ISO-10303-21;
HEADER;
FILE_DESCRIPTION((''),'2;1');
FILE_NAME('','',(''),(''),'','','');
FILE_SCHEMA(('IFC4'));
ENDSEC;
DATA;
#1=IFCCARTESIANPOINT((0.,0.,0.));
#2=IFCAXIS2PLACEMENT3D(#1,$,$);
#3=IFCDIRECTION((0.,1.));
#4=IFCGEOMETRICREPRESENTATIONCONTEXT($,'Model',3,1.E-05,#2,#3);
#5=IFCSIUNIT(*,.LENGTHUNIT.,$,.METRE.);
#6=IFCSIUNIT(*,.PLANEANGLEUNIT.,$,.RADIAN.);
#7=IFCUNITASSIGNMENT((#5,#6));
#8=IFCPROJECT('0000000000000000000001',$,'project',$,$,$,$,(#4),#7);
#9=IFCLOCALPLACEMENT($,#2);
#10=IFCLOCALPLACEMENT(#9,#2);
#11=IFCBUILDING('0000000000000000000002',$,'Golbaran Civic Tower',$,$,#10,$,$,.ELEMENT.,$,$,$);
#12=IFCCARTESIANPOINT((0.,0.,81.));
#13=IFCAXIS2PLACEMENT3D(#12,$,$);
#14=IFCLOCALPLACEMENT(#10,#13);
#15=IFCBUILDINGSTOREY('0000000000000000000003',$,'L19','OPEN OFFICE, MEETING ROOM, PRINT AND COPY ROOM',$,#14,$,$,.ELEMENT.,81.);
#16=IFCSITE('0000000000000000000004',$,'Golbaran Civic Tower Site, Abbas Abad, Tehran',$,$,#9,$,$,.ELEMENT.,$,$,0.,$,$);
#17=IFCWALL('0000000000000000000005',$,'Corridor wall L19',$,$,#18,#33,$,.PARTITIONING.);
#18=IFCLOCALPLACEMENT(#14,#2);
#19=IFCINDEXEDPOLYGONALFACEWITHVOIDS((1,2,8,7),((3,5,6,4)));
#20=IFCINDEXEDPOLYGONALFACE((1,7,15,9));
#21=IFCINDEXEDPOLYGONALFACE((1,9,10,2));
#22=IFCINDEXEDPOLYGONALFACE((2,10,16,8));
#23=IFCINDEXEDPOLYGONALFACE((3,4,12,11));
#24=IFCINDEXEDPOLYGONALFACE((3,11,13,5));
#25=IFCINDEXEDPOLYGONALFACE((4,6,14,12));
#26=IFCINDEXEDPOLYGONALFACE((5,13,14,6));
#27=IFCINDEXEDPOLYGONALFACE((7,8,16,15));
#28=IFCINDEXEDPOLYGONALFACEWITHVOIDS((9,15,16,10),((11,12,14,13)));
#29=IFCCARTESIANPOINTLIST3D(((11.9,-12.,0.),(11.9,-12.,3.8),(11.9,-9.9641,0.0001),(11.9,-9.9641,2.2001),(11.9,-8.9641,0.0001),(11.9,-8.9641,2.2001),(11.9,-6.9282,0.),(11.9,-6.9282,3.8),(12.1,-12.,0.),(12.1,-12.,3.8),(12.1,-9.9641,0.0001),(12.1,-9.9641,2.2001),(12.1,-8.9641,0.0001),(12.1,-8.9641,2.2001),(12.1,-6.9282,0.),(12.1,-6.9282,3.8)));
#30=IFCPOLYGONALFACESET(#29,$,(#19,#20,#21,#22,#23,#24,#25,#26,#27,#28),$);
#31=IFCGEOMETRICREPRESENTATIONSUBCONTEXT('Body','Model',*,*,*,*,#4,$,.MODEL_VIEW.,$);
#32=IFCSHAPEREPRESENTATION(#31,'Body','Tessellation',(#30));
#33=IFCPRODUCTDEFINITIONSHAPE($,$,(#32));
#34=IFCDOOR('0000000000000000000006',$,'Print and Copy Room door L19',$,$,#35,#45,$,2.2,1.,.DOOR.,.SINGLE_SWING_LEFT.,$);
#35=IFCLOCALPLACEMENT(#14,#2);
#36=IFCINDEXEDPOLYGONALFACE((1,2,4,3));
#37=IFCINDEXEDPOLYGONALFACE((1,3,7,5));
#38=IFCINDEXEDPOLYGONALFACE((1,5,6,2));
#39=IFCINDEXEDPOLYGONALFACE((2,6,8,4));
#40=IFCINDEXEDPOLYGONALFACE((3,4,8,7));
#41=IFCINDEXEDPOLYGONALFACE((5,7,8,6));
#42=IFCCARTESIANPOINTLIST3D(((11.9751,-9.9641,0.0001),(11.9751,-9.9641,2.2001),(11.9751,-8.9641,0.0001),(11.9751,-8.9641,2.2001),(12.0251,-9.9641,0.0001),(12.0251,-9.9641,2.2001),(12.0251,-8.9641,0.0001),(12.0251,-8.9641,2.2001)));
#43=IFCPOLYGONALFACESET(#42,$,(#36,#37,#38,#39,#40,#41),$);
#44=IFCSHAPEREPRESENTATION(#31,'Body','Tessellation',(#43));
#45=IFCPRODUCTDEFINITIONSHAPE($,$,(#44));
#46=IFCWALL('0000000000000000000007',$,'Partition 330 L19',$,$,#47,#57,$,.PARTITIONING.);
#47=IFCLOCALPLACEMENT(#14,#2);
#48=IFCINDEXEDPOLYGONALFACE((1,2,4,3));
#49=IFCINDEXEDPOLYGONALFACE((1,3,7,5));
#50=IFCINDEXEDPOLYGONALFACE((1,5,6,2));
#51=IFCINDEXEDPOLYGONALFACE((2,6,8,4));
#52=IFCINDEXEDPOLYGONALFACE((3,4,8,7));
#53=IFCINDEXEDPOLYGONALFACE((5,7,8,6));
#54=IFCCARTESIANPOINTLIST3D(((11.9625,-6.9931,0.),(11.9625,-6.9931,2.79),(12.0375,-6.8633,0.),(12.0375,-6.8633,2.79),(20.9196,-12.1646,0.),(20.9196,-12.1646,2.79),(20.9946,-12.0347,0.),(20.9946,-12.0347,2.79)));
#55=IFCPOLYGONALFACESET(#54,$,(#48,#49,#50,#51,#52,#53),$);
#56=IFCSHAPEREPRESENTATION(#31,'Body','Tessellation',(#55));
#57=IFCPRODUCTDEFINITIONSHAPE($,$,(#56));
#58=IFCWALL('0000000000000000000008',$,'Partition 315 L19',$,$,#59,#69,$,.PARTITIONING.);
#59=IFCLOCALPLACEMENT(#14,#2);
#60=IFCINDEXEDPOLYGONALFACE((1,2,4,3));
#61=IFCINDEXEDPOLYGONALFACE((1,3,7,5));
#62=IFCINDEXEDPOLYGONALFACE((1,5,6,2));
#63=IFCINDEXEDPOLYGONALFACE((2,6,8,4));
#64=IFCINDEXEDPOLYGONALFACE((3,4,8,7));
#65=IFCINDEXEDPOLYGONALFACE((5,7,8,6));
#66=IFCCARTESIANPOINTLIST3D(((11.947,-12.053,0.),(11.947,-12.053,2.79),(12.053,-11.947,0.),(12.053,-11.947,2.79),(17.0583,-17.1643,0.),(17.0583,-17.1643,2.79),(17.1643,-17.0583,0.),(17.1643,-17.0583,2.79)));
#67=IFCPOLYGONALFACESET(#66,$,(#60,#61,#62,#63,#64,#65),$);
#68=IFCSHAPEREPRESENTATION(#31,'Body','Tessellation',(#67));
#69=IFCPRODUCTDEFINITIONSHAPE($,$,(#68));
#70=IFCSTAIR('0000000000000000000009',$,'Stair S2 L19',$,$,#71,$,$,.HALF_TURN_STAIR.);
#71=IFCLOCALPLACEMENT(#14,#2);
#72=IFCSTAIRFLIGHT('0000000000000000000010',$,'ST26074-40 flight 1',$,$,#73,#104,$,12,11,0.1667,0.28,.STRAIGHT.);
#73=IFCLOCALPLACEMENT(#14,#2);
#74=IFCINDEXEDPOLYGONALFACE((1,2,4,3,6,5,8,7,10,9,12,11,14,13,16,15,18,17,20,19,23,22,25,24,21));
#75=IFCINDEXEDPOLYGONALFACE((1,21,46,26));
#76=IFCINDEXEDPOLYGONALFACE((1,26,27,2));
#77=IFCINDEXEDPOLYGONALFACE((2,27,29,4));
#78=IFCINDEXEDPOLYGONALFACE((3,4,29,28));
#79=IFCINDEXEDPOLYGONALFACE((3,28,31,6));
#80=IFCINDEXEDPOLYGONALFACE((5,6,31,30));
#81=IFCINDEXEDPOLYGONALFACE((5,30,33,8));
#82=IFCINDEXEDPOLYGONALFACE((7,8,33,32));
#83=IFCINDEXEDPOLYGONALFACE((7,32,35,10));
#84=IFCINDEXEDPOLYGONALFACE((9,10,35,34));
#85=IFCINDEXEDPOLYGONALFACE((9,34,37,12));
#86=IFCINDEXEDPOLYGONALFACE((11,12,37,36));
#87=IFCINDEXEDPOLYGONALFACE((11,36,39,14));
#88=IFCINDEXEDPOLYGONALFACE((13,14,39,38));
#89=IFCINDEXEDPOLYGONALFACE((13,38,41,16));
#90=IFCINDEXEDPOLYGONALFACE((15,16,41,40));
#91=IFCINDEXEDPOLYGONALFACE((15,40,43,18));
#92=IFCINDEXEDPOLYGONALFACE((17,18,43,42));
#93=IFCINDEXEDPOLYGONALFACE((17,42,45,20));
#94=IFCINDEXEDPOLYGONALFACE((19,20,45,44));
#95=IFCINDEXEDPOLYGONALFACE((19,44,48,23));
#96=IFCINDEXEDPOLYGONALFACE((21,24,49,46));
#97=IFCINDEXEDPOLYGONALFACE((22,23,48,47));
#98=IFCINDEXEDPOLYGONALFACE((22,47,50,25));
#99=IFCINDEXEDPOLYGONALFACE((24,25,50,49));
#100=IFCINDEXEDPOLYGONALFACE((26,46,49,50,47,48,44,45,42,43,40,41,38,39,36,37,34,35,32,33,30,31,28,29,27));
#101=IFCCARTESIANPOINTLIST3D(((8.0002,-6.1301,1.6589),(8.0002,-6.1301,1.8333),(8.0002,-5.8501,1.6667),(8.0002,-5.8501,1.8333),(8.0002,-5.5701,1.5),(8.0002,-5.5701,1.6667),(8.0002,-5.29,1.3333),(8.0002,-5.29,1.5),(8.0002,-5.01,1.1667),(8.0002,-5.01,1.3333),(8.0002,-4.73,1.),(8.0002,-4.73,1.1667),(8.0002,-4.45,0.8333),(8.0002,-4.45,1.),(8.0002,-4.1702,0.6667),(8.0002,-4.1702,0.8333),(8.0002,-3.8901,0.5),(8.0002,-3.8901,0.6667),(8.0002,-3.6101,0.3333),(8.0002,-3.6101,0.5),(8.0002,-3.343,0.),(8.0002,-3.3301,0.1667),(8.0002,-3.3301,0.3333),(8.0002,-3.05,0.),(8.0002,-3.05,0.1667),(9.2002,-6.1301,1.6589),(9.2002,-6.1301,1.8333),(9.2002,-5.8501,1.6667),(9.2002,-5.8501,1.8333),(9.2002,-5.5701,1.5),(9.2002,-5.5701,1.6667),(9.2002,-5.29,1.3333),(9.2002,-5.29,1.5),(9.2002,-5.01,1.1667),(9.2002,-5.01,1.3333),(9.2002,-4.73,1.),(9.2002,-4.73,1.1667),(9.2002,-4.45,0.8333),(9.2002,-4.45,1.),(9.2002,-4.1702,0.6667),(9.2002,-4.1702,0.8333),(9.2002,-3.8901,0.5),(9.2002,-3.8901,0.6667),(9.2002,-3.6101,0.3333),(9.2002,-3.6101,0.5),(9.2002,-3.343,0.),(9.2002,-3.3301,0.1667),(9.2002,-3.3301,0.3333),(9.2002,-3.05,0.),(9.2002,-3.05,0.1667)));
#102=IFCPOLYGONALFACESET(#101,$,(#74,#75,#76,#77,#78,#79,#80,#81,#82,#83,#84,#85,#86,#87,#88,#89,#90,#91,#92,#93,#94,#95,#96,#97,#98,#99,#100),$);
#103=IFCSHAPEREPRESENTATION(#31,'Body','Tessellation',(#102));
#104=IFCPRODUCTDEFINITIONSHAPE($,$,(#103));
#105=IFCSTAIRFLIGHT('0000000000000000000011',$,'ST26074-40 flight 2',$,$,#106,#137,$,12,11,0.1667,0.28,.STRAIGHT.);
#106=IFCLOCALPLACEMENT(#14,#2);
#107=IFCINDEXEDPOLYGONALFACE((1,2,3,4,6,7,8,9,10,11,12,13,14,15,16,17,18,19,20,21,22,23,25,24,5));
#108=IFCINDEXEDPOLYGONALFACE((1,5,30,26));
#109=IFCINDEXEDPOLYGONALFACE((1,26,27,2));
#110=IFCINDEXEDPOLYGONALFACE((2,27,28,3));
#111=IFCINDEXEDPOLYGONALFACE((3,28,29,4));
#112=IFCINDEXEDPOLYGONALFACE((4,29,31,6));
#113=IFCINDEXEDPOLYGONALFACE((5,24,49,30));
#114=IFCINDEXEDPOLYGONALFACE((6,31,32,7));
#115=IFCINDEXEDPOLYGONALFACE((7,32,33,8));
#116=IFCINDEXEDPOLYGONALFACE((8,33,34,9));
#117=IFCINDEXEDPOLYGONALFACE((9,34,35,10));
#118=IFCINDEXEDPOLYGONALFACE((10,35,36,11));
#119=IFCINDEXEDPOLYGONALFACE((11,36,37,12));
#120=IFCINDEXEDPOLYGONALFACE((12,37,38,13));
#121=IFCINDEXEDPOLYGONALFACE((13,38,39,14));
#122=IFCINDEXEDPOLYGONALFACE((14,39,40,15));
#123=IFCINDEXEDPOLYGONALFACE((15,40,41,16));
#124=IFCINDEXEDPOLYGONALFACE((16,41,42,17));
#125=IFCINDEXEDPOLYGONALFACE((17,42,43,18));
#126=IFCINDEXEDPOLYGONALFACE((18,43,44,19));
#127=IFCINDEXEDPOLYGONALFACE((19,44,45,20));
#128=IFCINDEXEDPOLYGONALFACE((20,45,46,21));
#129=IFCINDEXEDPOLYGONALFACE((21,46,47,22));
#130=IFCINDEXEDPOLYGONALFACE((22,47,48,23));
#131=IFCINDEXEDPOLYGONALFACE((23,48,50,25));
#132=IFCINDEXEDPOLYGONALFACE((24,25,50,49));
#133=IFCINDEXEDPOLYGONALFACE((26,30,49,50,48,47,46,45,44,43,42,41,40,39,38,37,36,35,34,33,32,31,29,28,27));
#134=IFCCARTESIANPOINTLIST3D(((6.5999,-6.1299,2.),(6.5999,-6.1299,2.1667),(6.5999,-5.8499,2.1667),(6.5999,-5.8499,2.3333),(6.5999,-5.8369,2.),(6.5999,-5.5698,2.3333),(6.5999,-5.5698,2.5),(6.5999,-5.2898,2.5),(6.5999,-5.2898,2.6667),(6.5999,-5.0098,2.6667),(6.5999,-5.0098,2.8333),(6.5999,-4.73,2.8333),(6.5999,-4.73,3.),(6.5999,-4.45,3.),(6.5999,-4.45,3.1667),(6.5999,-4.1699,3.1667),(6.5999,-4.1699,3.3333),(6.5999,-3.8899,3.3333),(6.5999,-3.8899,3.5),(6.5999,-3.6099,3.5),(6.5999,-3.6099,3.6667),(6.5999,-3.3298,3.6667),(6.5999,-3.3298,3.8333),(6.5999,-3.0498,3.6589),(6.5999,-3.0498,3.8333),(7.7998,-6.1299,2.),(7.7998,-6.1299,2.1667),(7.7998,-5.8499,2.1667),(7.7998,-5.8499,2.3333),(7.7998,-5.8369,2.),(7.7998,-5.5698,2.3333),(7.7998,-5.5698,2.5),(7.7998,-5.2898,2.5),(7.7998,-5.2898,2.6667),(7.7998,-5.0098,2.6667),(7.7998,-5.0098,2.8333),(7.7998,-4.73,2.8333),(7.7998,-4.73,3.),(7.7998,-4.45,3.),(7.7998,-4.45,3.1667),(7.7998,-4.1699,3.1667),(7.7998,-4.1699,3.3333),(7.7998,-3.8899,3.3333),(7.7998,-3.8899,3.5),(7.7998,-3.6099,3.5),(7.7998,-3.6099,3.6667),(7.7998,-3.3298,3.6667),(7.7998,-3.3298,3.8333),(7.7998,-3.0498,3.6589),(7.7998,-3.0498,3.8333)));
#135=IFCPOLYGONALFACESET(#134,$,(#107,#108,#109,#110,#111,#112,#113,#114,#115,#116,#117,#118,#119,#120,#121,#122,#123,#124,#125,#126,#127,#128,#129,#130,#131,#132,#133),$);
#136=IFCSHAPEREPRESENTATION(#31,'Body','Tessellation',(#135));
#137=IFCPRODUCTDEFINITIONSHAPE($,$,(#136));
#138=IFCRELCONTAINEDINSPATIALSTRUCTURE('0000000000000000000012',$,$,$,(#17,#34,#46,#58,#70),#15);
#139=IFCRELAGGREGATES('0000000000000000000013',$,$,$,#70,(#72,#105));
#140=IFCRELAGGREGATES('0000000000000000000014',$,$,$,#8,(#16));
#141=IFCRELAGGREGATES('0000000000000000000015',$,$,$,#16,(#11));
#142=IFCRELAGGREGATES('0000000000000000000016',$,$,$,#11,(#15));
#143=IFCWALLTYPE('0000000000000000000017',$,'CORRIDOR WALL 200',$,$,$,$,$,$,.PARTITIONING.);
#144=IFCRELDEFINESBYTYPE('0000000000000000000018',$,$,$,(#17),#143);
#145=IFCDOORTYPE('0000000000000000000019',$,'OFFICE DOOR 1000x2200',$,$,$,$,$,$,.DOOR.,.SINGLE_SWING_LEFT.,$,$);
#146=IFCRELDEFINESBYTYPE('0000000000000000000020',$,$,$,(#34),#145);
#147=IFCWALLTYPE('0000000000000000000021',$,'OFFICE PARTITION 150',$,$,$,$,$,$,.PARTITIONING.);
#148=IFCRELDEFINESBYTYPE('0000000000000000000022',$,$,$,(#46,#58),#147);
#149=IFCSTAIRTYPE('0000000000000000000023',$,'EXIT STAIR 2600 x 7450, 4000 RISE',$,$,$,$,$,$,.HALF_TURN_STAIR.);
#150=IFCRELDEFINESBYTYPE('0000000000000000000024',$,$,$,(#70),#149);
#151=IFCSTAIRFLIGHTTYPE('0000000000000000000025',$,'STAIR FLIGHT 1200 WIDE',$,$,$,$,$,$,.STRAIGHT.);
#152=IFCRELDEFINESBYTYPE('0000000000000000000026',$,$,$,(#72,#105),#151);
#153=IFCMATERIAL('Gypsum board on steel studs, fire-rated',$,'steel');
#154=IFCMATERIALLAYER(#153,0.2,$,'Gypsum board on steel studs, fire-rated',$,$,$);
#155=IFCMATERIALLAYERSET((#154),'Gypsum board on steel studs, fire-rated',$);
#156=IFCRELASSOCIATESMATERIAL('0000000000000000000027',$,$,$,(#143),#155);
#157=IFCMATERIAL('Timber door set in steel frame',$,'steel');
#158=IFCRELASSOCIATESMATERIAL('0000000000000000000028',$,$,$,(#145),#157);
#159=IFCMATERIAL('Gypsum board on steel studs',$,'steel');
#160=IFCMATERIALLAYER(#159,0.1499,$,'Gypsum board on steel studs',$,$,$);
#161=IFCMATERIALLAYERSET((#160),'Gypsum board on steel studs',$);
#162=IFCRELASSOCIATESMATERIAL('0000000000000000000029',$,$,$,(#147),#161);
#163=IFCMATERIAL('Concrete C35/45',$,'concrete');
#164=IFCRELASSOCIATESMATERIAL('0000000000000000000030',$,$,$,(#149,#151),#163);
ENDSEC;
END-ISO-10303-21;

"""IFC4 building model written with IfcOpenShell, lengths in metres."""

from ifc_helpers import new_model, si_unit, direction, frame, frame_2d, origin, place, context, subcontext, project, spatial, polyline, rectangle, outline, extrude, material, layer, layer_set, type_object, element, fill, aggregate, save


model = new_model("IFC4")

# Units and contexts
model_context = context("Model", 3, precision=1e-05, world=origin(), true_north=direction((0.0, 1.0)))
body_context = subcontext(model_context, "Body", "Model", "MODEL_VIEW")
ifc_project = project(units=[si_unit("LENGTHUNIT", "METRE"), si_unit("PLANEANGLEUNIT", "RADIAN")], contexts=[model_context])

# Site, building, storey
site_placement = place(None, origin())
site = spatial("IfcSite", under=ifc_project, at=site_placement, Name="Golbaran Civic Tower Site, Abbas Abad, Tehran", CompositionType="ELEMENT", RefElevation=0.0)
building_placement = place(site_placement, origin())
building = spatial("IfcBuilding", under=site, at=building_placement, Name="Golbaran Civic Tower", CompositionType="ELEMENT")
storey_placement = place(building_placement, frame((0.0, 0.0, 81.0)))
storey = spatial("IfcBuildingStorey", under=building, at=storey_placement, Name="L19", Description="OPEN OFFICE, MEETING ROOM, PRINT AND COPY ROOM", CompositionType="ELEMENT", Elevation=81.0)

# Shared definitions
ifc_material_1 = material(Name="Timber door set in steel frame", Category="steel")

# Wall, opening, door
ifc_material_2 = material(Name="Gypsum board on steel studs, fire-rated", Category="steel")
ifc_layer_1 = layer(ifc_material_2, 0.2, Name="Gypsum board on steel studs, fire-rated")
ifc_layer_set_1 = layer_set([ifc_layer_1], Name="Gypsum board on steel studs, fire-rated")
wall_type_1 = type_object("IfcWallType", Name="CORRIDOR WALL 200", PredefinedType="PARTITIONING", material=ifc_layer_set_1)
wall_1_placement = place(storey_placement, frame((12.0, -12.0, 0.0), z_axis=(0.0, 0.0, 1.0), x_axis=(0.0, 1.0, 0.0)))
wall_1 = element("IfcWall", 1, at=wall_1_placement, inside=storey, type_object=wall_type_1, Name="Corridor wall L19", PredefinedType="PARTITIONING", context=body_context, shape_type="SweptSolid", body=[
    extrude(rectangle(XDim=5.0718, YDim=0.2, at=frame_2d((2.5359, 0.0))), origin(), (0.0, 0.0, 1.0), 3.8),
])
opening_1_placement = place(wall_1_placement, frame((2.0359, 0.0, 0.0)))
opening_1 = element("IfcOpeningElement", 2, at=opening_1_placement, cuts=wall_1, PredefinedType="OPENING", context=body_context, shape_type="SweptSolid", body=[
    extrude(rectangle(XDim=1.0, YDim=2.2, at=frame_2d((0.5, 1.1001))), frame((0.0, 0.1099, 0.0), z_axis=(0.0, -1.0, 0.0), x_axis=(1.0, 0.0, 0.0)), (0.0, 0.0, 1.0), 0.22),
])
door_type_1 = type_object("IfcDoorType", Name="OFFICE DOOR 1000x2200", OperationType="SINGLE_SWING_LEFT", PredefinedType="DOOR", material=ifc_material_1)
door_1_placement = place(opening_1_placement, origin())
door_1 = element("IfcDoor", 3, at=door_1_placement, inside=storey, type_object=door_type_1, Name="Print and Copy Room door L19", OperationType="SINGLE_SWING_LEFT", OverallHeight=2.2, OverallWidth=1.0, PredefinedType="DOOR", context=body_context, shape_type="SweptSolid", body=[
    extrude(rectangle(XDim=1.0, YDim=2.2, at=frame_2d((0.5, 1.1001))), frame((0.0, 0.0249, 0.0), z_axis=(0.0, -1.0, 0.0), x_axis=(1.0, 0.0, 0.0)), (0.0, 0.0, 1.0), 0.05),
])
fill(opening_1, door_1)

# Walls
ifc_material_3 = material(Name="Gypsum board on steel studs", Category="steel")
ifc_layer_2 = layer(ifc_material_3, 0.1499, Name="Gypsum board on steel studs")
ifc_layer_set_2 = layer_set([ifc_layer_2], Name="Gypsum board on steel studs")
wall_type_2 = type_object("IfcWallType", Name="OFFICE PARTITION 150", PredefinedType="PARTITIONING", material=ifc_layer_set_2)
wall_2_placement = place(storey_placement, frame((12.0, -6.9282, 0.0), z_axis=(0.0, 0.0, 1.0), x_axis=(0.866024, -0.500003, 0.0)))
element("IfcWall", 4, at=wall_2_placement, inside=storey, type_object=wall_type_2, Name="Partition 330 L19", PredefinedType="PARTITIONING", context=body_context, shape_type="SweptSolid", body=[
    extrude(rectangle(XDim=10.3428, YDim=0.1499, at=frame_2d((5.1714, 0.0))), origin(), (0.0, 0.0, 1.0), 2.79),
])
wall_3_placement = place(storey_placement, frame((12.0, -12.0, 0.0), z_axis=(0.0, 0.0, 1.0), x_axis=(0.707107, -0.707107, 0.0)))
element("IfcWall", 5, at=wall_3_placement, inside=storey, type_object=wall_type_2, Name="Partition 315 L19", PredefinedType="PARTITIONING", context=body_context, shape_type="SweptSolid", body=[
    extrude(rectangle(XDim=7.2285, YDim=0.1499, at=frame_2d((3.6143, 0.0))), origin(), (0.0, 0.0, 1.0), 2.79),
])

# Stair, stair flights
ifc_material_4 = material(Name="Concrete C35/45", Category="concrete")
stair_type = type_object("IfcStairType", Name="EXIT STAIR 2600 x 7450, 4000 RISE", PredefinedType="HALF_TURN_STAIR", material=ifc_material_4)
stair_placement = place(storey_placement, origin())
stair = element("IfcStair", 6, at=stair_placement, inside=storey, type_object=stair_type, Name="Stair S2 L19", PredefinedType="HALF_TURN_STAIR")
stair_flight_type = type_object("IfcStairFlightType", Name="STAIR FLIGHT 1200 WIDE", PredefinedType="STRAIGHT", material=ifc_material_4)
stair_flight_1_placement = place(storey_placement, frame((8.6001, -3.05, 0.0), z_axis=(0.0, 0.0, 1.0), x_axis=(0.0, -1.0, 0.0)))
stair_flight_1 = element("IfcStairFlight", 7, at=stair_flight_1_placement, type_object=stair_flight_type, Name="ST26074-40 flight 1", NumberOfRisers=12, NumberOfTreads=11, PredefinedType="STRAIGHT", RiserHeight=0.1667, TreadLength=0.28, context=body_context, shape_type="SweptSolid", body=[
    extrude(outline(polyline([(0.0, 0.0), (0.0, 0.1667), (0.28, 0.1667), (0.28, 0.3333), (0.5601, 0.3333), (0.5601, 0.5), (0.8401, 0.5), (0.8401, 0.6667), (1.1201, 0.6667), (1.1201, 0.8333), (1.3999, 0.8333), (1.3999, 1.0), (1.6799, 1.0), (1.6799, 1.1667), (1.96, 1.1667), (1.96, 1.3333), (2.24, 1.3333), (2.24, 1.5), (2.52, 1.5), (2.52, 1.6667), (2.8, 1.6667), (2.8, 1.8333), (3.0801, 1.8333), (3.0801, 2.0), (3.0801, 1.6589), (0.293, 0.0), (0.0, 0.0)])), frame((0.0, 0.6001, 0.0), z_axis=(0.0, -1.0, 0.0), x_axis=(1.0, 0.0, 0.0)), (0.0, 0.0, 1.0), 1.2),
])
stair_flight_2_placement = place(storey_placement, frame((7.2, -6.1299, 2.0), z_axis=(0.0, 0.0, 1.0), x_axis=(0.0, 1.0, 0.0)))
stair_flight_2 = element("IfcStairFlight", 8, at=stair_flight_2_placement, type_object=stair_flight_type, Name="ST26074-40 flight 2", NumberOfRisers=12, NumberOfTreads=11, PredefinedType="STRAIGHT", RiserHeight=0.1667, TreadLength=0.28, context=body_context, shape_type="SweptSolid", body=[
    extrude(outline(polyline([(0.0, 0.0), (0.0, 0.1667), (0.28, 0.1667), (0.28, 0.3333), (0.5601, 0.3333), (0.5601, 0.5), (0.8401, 0.5), (0.8401, 0.6667), (1.1201, 0.6667), (1.1201, 0.8333), (1.3999, 0.8333), (1.3999, 1.0), (1.6799, 1.0), (1.6799, 1.1667), (1.96, 1.1667), (1.96, 1.3333), (2.24, 1.3333), (2.24, 1.5), (2.52, 1.5), (2.52, 1.6667), (2.8, 1.6667), (2.8, 1.8333), (3.0801, 1.8333), (3.0801, 2.0), (3.0801, 1.6589), (0.293, 0.0), (0.0, 0.0)])), frame((0.0, 0.6001, 0.0), z_axis=(0.0, -1.0, 0.0), x_axis=(1.0, 0.0, 0.0)), (0.0, 0.0, 1.0), 1.2),
])
aggregate(stair, [stair_flight_1, stair_flight_2])

save(model, "model.ifc")
